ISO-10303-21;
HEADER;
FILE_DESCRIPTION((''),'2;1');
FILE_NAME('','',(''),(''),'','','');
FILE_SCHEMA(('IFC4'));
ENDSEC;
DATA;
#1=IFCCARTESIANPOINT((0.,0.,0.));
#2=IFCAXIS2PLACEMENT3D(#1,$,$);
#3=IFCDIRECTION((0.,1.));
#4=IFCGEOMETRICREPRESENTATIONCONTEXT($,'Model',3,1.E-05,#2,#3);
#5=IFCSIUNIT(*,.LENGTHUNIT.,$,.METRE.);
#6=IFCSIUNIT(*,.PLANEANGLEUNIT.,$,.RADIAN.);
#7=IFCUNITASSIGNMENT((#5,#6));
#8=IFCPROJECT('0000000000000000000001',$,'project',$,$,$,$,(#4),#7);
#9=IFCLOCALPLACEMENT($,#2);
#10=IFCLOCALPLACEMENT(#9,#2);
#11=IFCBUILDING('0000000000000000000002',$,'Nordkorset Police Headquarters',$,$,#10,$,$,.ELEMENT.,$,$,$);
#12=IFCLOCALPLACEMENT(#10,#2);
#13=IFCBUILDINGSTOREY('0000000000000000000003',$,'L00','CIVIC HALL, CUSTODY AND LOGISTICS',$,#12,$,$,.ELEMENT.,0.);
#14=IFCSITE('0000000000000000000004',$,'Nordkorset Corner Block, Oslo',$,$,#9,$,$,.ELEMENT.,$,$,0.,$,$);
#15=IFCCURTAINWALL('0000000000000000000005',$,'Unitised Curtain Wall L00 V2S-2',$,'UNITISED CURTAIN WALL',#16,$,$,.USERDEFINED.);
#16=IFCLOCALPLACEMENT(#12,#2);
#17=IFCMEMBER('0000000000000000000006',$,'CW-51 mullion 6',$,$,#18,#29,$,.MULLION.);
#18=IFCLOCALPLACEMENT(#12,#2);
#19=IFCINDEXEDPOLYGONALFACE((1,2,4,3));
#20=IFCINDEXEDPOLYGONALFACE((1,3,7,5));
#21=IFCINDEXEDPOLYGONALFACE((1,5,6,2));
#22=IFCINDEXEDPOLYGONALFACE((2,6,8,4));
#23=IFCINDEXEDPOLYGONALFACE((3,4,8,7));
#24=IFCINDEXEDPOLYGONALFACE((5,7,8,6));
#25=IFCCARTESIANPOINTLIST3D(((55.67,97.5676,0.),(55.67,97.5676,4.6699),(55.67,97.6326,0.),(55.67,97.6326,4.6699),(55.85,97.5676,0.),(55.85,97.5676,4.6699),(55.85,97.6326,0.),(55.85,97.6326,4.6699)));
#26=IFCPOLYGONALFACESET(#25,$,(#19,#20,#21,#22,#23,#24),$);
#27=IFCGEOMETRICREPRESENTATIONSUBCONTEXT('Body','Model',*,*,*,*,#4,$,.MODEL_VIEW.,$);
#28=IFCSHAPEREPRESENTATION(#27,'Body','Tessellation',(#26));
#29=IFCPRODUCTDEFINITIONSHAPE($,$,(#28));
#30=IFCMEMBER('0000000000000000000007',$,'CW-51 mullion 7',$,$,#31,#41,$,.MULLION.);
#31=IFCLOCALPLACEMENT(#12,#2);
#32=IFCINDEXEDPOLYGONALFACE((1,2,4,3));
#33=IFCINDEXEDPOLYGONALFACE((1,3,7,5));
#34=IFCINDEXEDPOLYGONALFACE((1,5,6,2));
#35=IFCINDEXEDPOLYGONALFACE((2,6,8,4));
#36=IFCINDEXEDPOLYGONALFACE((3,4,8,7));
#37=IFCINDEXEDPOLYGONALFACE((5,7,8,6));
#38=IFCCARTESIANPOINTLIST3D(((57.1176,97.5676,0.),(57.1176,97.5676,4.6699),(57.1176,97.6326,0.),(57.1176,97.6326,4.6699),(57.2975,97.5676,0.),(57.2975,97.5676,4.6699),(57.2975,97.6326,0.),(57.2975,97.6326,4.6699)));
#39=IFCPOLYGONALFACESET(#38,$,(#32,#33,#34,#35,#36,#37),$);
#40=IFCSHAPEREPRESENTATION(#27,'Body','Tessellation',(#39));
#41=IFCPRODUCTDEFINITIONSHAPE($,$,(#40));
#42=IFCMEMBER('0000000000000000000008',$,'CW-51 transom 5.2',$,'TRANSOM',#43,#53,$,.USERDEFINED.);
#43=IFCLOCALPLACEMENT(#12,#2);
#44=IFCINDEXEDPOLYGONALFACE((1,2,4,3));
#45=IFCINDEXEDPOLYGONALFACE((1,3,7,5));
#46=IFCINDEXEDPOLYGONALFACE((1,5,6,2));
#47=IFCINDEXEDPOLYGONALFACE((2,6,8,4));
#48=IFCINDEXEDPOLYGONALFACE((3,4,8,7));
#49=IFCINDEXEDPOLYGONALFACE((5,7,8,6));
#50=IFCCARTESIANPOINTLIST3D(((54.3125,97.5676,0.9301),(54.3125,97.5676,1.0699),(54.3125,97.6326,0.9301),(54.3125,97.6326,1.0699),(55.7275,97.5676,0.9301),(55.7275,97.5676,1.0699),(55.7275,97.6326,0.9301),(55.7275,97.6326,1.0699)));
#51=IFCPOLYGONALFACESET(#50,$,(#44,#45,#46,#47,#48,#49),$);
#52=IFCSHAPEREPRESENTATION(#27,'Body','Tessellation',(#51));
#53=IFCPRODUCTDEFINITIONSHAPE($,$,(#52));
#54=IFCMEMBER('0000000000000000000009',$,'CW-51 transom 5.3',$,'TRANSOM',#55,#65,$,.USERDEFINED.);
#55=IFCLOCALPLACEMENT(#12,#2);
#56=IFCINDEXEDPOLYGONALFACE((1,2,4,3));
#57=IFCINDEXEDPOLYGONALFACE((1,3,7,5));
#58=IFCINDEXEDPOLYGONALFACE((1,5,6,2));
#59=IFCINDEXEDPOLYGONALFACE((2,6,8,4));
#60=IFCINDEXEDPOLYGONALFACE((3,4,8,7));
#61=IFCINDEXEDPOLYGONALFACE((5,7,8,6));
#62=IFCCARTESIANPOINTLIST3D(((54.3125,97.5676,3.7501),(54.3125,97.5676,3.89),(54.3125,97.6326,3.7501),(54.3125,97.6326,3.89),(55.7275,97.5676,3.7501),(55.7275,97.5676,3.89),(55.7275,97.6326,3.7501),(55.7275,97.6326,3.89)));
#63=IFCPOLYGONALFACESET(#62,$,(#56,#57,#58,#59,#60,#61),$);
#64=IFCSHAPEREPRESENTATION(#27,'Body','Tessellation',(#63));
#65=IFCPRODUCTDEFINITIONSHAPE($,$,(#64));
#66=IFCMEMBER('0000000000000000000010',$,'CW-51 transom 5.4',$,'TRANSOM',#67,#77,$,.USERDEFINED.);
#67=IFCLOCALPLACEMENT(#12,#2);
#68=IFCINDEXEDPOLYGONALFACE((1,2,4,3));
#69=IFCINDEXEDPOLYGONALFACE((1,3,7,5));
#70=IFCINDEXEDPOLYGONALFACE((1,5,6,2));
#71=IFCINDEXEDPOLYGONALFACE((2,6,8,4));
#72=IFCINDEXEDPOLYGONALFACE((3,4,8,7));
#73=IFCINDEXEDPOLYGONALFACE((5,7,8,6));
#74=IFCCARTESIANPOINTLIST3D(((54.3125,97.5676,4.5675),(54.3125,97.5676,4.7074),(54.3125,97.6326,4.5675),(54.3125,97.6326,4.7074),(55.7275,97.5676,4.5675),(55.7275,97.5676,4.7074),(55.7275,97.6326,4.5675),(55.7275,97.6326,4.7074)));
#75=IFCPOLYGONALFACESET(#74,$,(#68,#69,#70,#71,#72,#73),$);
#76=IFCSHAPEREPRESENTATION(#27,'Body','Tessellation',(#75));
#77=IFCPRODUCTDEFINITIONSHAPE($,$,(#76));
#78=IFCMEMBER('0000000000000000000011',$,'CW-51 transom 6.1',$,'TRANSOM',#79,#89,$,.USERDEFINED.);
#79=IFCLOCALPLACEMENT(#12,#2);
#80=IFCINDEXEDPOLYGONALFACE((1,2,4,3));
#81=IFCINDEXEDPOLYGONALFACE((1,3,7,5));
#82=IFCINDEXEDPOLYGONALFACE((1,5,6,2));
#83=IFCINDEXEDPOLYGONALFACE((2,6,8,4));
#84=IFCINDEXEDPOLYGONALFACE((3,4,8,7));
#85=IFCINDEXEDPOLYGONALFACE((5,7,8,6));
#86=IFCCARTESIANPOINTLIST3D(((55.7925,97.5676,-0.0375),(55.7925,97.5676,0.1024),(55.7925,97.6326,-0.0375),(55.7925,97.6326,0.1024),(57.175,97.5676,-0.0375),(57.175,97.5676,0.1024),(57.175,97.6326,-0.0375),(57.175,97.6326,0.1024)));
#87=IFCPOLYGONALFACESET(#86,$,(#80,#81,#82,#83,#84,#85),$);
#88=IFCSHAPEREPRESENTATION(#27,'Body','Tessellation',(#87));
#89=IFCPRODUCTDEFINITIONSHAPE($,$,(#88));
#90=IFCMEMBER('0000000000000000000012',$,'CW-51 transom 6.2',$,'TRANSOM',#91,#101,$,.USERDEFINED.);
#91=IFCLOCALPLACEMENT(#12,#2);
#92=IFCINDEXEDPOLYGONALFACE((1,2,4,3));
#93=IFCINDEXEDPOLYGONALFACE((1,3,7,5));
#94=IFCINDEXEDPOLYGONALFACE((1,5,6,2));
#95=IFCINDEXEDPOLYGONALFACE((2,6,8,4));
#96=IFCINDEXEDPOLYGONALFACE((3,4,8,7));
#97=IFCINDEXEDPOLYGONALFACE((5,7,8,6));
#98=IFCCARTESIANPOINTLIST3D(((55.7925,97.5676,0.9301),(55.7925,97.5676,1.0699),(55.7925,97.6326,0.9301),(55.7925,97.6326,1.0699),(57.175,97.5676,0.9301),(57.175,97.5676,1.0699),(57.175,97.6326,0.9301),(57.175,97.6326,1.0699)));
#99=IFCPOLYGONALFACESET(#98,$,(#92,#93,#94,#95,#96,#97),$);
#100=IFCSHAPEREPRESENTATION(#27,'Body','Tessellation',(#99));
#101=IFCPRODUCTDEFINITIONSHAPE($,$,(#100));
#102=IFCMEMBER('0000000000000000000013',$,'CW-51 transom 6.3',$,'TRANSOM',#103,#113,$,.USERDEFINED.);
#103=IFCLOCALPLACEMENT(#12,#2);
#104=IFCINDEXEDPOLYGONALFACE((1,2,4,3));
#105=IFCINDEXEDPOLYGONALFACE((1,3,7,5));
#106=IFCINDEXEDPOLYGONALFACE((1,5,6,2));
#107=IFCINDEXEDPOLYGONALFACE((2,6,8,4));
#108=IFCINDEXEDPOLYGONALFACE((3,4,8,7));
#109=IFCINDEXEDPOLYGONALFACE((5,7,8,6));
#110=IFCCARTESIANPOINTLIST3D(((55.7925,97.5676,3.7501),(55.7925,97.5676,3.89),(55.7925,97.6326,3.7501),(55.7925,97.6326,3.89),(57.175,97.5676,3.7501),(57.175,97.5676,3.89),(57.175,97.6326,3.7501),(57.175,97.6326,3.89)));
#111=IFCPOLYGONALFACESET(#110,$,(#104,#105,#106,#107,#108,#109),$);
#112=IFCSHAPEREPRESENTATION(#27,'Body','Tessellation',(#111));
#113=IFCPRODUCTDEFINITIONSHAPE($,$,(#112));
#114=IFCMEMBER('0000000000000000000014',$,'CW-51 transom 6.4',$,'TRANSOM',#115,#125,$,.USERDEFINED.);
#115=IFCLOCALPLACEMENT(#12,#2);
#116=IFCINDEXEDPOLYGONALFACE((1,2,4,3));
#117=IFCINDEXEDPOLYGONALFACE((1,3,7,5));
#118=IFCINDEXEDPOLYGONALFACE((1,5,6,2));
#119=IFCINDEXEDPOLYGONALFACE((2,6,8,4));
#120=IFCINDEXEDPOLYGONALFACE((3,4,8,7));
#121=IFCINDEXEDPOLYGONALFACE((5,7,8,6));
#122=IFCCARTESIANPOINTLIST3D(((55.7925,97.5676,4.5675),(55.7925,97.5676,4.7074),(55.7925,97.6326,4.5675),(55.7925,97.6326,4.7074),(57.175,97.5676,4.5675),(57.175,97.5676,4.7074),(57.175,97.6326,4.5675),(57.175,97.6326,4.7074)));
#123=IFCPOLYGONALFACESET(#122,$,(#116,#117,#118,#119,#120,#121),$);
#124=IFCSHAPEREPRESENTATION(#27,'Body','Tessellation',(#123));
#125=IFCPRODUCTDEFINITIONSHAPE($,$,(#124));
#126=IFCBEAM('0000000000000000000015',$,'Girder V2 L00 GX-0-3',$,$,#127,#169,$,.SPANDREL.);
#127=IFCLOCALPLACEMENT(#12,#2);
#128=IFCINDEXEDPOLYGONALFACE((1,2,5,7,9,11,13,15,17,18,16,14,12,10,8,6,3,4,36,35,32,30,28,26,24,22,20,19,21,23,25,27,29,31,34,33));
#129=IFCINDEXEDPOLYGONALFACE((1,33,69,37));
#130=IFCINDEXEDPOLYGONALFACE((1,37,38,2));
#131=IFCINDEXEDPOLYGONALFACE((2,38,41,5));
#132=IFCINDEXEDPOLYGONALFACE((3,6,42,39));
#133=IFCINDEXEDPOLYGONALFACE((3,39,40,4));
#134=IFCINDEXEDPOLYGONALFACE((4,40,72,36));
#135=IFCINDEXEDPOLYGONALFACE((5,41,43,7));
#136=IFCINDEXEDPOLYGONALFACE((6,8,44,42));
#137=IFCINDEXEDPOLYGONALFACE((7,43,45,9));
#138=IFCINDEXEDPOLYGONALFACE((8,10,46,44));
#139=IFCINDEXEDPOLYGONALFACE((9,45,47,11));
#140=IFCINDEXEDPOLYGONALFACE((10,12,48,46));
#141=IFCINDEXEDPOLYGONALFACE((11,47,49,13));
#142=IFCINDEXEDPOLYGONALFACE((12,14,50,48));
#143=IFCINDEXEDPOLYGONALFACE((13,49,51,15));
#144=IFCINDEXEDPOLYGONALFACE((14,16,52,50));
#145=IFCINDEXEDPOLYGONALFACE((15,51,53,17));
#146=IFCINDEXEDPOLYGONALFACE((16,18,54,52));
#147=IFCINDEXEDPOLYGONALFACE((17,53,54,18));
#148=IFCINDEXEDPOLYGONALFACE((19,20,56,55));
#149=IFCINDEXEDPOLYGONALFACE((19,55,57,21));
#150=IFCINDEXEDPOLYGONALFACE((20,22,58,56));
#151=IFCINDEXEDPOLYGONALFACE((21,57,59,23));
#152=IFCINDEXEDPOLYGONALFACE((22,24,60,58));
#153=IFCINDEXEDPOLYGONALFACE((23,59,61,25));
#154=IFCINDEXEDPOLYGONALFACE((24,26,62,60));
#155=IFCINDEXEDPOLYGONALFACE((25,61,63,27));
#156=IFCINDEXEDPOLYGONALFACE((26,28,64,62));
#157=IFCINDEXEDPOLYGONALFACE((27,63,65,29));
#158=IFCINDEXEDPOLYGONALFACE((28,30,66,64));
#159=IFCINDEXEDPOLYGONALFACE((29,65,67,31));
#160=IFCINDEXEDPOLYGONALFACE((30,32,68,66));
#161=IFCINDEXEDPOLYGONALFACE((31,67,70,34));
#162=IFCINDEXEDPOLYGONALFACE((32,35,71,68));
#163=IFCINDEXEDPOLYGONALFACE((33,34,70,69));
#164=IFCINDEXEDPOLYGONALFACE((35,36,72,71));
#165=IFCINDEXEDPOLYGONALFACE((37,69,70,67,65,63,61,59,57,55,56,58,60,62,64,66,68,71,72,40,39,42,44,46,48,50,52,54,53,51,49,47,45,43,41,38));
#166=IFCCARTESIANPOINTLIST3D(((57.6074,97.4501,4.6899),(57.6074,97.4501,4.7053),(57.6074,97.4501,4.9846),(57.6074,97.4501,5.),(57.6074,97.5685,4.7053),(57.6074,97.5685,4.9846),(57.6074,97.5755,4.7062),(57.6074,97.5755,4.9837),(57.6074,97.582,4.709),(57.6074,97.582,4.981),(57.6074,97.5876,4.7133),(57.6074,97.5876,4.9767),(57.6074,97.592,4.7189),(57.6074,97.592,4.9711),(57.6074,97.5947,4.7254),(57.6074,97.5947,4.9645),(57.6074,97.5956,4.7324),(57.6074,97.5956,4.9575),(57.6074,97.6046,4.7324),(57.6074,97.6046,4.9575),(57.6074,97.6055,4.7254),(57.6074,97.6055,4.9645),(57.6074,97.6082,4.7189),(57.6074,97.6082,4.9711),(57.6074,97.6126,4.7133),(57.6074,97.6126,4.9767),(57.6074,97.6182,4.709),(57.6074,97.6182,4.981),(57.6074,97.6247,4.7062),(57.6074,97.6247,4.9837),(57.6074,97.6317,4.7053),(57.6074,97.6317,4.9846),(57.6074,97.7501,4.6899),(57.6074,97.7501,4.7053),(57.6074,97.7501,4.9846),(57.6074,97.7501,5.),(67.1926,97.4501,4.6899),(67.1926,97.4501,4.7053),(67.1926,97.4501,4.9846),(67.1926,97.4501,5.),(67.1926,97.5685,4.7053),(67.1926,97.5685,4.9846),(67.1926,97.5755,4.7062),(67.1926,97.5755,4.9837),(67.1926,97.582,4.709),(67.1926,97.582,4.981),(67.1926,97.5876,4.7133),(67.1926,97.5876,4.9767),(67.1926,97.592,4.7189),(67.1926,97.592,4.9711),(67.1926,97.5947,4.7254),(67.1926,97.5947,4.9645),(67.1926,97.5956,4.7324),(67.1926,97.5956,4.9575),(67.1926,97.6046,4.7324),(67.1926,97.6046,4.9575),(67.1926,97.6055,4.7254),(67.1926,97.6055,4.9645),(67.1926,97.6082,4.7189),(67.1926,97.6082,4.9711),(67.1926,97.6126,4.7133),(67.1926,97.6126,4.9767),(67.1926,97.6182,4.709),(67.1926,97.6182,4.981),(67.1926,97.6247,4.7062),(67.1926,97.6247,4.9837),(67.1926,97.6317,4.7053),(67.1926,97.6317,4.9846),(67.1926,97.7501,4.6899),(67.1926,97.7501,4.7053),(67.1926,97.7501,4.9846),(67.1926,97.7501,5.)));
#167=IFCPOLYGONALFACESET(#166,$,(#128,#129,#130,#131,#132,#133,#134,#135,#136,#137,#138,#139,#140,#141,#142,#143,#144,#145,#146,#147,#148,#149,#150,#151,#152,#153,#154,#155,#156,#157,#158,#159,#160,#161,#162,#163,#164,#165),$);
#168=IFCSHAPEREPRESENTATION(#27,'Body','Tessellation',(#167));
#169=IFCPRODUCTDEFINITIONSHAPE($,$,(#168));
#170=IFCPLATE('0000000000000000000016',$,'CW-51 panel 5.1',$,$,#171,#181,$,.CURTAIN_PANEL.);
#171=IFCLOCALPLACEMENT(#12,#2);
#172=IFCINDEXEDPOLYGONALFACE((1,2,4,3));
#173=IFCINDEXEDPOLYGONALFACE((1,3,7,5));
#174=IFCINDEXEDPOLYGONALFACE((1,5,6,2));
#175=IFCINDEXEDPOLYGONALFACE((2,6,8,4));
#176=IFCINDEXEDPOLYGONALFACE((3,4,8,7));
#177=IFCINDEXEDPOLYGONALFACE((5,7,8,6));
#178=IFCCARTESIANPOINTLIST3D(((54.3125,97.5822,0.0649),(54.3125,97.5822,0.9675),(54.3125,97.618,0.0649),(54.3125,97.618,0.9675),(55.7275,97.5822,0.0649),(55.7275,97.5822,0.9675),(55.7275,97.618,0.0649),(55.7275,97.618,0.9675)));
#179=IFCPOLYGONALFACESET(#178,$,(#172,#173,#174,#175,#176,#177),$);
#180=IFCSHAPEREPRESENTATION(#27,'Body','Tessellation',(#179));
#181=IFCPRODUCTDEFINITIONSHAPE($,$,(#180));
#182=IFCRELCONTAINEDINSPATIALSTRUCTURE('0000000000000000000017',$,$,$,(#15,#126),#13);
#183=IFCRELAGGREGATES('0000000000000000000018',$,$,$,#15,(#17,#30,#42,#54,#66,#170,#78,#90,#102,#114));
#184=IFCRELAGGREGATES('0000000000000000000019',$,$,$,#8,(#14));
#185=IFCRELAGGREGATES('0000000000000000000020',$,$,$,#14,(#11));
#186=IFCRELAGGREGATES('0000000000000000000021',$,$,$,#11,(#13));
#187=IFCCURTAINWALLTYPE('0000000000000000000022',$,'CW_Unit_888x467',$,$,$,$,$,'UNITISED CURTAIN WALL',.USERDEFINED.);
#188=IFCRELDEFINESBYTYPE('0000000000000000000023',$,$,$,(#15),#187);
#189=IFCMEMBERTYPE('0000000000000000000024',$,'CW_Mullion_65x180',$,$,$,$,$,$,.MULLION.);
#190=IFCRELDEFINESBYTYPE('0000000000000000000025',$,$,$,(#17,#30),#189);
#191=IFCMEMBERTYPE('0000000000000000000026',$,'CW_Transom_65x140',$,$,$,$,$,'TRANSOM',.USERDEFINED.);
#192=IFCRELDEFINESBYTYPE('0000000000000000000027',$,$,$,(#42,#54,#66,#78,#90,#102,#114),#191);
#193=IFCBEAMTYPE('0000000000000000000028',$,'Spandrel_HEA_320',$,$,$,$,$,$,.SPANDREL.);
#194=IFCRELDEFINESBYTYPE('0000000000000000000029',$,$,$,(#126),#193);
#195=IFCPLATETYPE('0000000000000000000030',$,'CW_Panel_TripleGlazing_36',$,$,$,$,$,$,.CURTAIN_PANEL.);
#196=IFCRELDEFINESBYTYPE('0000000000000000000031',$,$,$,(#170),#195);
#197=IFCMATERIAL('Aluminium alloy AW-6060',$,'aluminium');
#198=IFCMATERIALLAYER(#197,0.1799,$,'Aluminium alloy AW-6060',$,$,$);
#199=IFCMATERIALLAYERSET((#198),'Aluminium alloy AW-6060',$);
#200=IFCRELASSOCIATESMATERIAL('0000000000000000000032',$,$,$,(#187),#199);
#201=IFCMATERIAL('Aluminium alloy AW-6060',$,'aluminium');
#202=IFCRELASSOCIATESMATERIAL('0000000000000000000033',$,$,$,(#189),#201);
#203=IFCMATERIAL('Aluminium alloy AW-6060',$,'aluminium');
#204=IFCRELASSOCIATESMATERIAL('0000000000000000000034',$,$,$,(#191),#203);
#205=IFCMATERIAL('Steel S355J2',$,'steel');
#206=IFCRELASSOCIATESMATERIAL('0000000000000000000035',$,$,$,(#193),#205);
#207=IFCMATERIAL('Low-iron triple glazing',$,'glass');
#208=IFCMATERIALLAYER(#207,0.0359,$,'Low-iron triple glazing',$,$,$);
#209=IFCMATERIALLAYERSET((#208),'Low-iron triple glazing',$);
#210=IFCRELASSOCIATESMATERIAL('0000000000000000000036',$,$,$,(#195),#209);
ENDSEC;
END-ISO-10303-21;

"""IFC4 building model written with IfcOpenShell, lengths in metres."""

from ifc_helpers import new_model, si_unit, direction, frame, origin, origin_2d, place, context, subcontext, project, spatial, rectangle, i_section, extrude, material, layer, layer_set, material_profile, profile_set, type_object, element, aggregate, save


model = new_model("IFC4")

# Units and contexts
model_context = context("Model", 3, precision=1e-05, world=origin(), true_north=direction((0.0, 1.0)))
body_context = subcontext(model_context, "Body", "Model", "MODEL_VIEW")
ifc_project = project(units=[si_unit("LENGTHUNIT", "METRE"), si_unit("PLANEANGLEUNIT", "RADIAN")], contexts=[model_context])

# Site, building, storey
site_placement = place(None, origin())
site = spatial("IfcSite", under=ifc_project, at=site_placement, Name="Nordkorset Corner Block, Oslo", CompositionType="ELEMENT", RefElevation=0.0)
building_placement = place(site_placement, origin())
building = spatial("IfcBuilding", under=site, at=building_placement, Name="Nordkorset Police Headquarters", CompositionType="ELEMENT")
storey_placement = place(building_placement, origin())
storey = spatial("IfcBuildingStorey", under=building, at=storey_placement, Name="L00", Description="CIVIC HALL, CUSTODY AND LOGISTICS", CompositionType="ELEMENT", Elevation=0.0)

# Curtain wall, members
ifc_material_1 = material(Name="Aluminium alloy AW-6060", Category="aluminium")
ifc_layer_1 = layer(ifc_material_1, 0.1799, Name="Aluminium alloy AW-6060")
ifc_layer_set_1 = layer_set([ifc_layer_1], Name="Aluminium alloy AW-6060")
curtain_wall_type = type_object("IfcCurtainWallType", Name="CW_Unit_888x467", ElementType="UNITISED CURTAIN WALL", PredefinedType="USERDEFINED", material=ifc_layer_set_1)
curtain_wall_placement = place(storey_placement, origin())
curtain_wall = element("IfcCurtainWall", 1, at=curtain_wall_placement, inside=storey, type_object=curtain_wall_type, Name="Unitised Curtain Wall L00 V2S-2", ObjectType="UNITISED CURTAIN WALL", PredefinedType="USERDEFINED")
ifc_material_2 = material(Name="Aluminium alloy AW-6060", Category="aluminium")
ifc_material_profile_1 = material_profile(ifc_material_2, rectangle(XDim=0.0649, YDim=0.1799, at=origin_2d()), Name="ALU MULL 65x180")
ifc_profile_set_1 = profile_set([ifc_material_profile_1], Name="Aluminium alloy AW-6060")
member_type_1 = type_object("IfcMemberType", Name="CW_Mullion_65x180", PredefinedType="MULLION", material=ifc_profile_set_1)
member_1_placement = place(storey_placement, frame((55.76, 97.6001, 0.0), z_axis=(0.0, 0.0, 1.0), x_axis=(0.0, 1.0, 0.0)))
member_1 = element("IfcMember", 2, at=member_1_placement, type_object=member_type_1, Name="CW-51 mullion 6", PredefinedType="MULLION", context=body_context, shape_type="SweptSolid", body=[
    extrude(rectangle(XDim=0.0649, YDim=0.1799, at=origin_2d()), origin(), (0.0, 0.0, 1.0), 4.6699),
])
member_2_placement = place(storey_placement, frame((57.2075, 97.6001, 0.0), z_axis=(0.0, 0.0, 1.0), x_axis=(0.0, 1.0, 0.0)))
member_2 = element("IfcMember", 3, at=member_2_placement, type_object=member_type_1, Name="CW-51 mullion 7", PredefinedType="MULLION", context=body_context, shape_type="SweptSolid", body=[
    extrude(rectangle(XDim=0.0649, YDim=0.1799, at=origin_2d()), origin(), (0.0, 0.0, 1.0), 4.6699),
])
ifc_material_3 = material(Name="Aluminium alloy AW-6060", Category="aluminium")
ifc_material_profile_2 = material_profile(ifc_material_3, rectangle(XDim=0.0649, YDim=0.1399, at=origin_2d()), Name="ALU TRAN 65x140")
ifc_profile_set_2 = profile_set([ifc_material_profile_2], Name="Aluminium alloy AW-6060")
member_type_2 = type_object("IfcMemberType", Name="CW_Transom_65x140", ElementType="TRANSOM", PredefinedType="USERDEFINED", material=ifc_profile_set_2)
member_3_placement = place(storey_placement, frame((54.3125, 97.6001, 1.0), z_axis=(1.0, 0.0, 0.0), x_axis=(0.0, 1.0, 0.0)))
member_3 = element("IfcMember", 4, at=member_3_placement, type_object=member_type_2, Name="CW-51 transom 5.2", ObjectType="TRANSOM", PredefinedType="USERDEFINED", context=body_context, shape_type="SweptSolid", body=[
    extrude(rectangle(XDim=0.0649, YDim=0.1399, at=origin_2d()), origin(), (0.0, 0.0, 1.0), 1.415),
])
member_4_placement = place(storey_placement, frame((54.3125, 97.6001, 3.8201), z_axis=(1.0, 0.0, 0.0), x_axis=(0.0, 1.0, 0.0)))
member_4 = element("IfcMember", 5, at=member_4_placement, type_object=member_type_2, Name="CW-51 transom 5.3", ObjectType="TRANSOM", PredefinedType="USERDEFINED", context=body_context, shape_type="SweptSolid", body=[
    extrude(rectangle(XDim=0.0649, YDim=0.1399, at=origin_2d()), origin(), (0.0, 0.0, 1.0), 1.415),
])
member_5_placement = place(storey_placement, frame((54.3125, 97.6001, 4.6375), z_axis=(1.0, 0.0, 0.0), x_axis=(0.0, 1.0, 0.0)))
member_5 = element("IfcMember", 6, at=member_5_placement, type_object=member_type_2, Name="CW-51 transom 5.4", ObjectType="TRANSOM", PredefinedType="USERDEFINED", context=body_context, shape_type="SweptSolid", body=[
    extrude(rectangle(XDim=0.0649, YDim=0.1399, at=origin_2d()), origin(), (0.0, 0.0, 1.0), 1.415),
])
member_6_placement = place(storey_placement, frame((55.7925, 97.6001, 0.0325), z_axis=(1.0, 0.0, 0.0), x_axis=(0.0, 1.0, 0.0)))
member_6 = element("IfcMember", 7, at=member_6_placement, type_object=member_type_2, Name="CW-51 transom 6.1", ObjectType="TRANSOM", PredefinedType="USERDEFINED", context=body_context, shape_type="SweptSolid", body=[
    extrude(rectangle(XDim=0.0649, YDim=0.1399, at=origin_2d()), origin(), (0.0, 0.0, 1.0), 1.3826),
])
member_7_placement = place(storey_placement, frame((55.7925, 97.6001, 1.0), z_axis=(1.0, 0.0, 0.0), x_axis=(0.0, 1.0, 0.0)))
member_7 = element("IfcMember", 8, at=member_7_placement, type_object=member_type_2, Name="CW-51 transom 6.2", ObjectType="TRANSOM", PredefinedType="USERDEFINED", context=body_context, shape_type="SweptSolid", body=[
    extrude(rectangle(XDim=0.0649, YDim=0.1399, at=origin_2d()), origin(), (0.0, 0.0, 1.0), 1.3826),
])
member_8_placement = place(storey_placement, frame((55.7925, 97.6001, 3.8201), z_axis=(1.0, 0.0, 0.0), x_axis=(0.0, 1.0, 0.0)))
member_8 = element("IfcMember", 9, at=member_8_placement, type_object=member_type_2, Name="CW-51 transom 6.3", ObjectType="TRANSOM", PredefinedType="USERDEFINED", context=body_context, shape_type="SweptSolid", body=[
    extrude(rectangle(XDim=0.0649, YDim=0.1399, at=origin_2d()), origin(), (0.0, 0.0, 1.0), 1.3826),
])
member_9_placement = place(storey_placement, frame((55.7925, 97.6001, 4.6375), z_axis=(1.0, 0.0, 0.0), x_axis=(0.0, 1.0, 0.0)))
member_9 = element("IfcMember", 10, at=member_9_placement, type_object=member_type_2, Name="CW-51 transom 6.4", ObjectType="TRANSOM", PredefinedType="USERDEFINED", context=body_context, shape_type="SweptSolid", body=[
    extrude(rectangle(XDim=0.0649, YDim=0.1399, at=origin_2d()), origin(), (0.0, 0.0, 1.0), 1.3826),
])

# Beam
ifc_material_4 = material(Name="Steel S355J2", Category="steel")
ifc_material_profile_3 = material_profile(ifc_material_4, i_section(OverallWidth=0.3, OverallDepth=0.3101, WebThickness=0.009, FlangeThickness=0.0154, FilletRadius=0.0271, at=origin_2d()), Name="HEA 320")
ifc_profile_set_3 = profile_set([ifc_material_profile_3], Name="Steel S355J2")
beam_type = type_object("IfcBeamType", Name="Spandrel_HEA_320", PredefinedType="SPANDREL", material=ifc_profile_set_3)
beam_placement = place(storey_placement, frame((57.6074, 97.6001, 4.845), z_axis=(1.0, 0.0, 0.0), x_axis=(0.0, 1.0, 0.0)))
element("IfcBeam", 11, at=beam_placement, inside=storey, type_object=beam_type, Name="Girder V2 L00 GX-0-3", PredefinedType="SPANDREL", context=body_context, shape_type="SweptSolid", body=[
    extrude(i_section(OverallWidth=0.3, OverallDepth=0.3101, WebThickness=0.009, FlangeThickness=0.0154, FilletRadius=0.0271, at=origin_2d()), origin(), (0.0, 0.0, 1.0), 9.5852),
])

# Plate
ifc_material_5 = material(Name="Low-iron triple glazing", Category="glass")
ifc_layer_2 = layer(ifc_material_5, 0.0359, Name="Low-iron triple glazing")
ifc_layer_set_2 = layer_set([ifc_layer_2], Name="Low-iron triple glazing")
plate_type_1 = type_object("IfcPlateType", Name="CW_Panel_TripleGlazing_36", PredefinedType="CURTAIN_PANEL", material=ifc_layer_set_2)
plate_1_placement = place(storey_placement, frame((55.02, 97.6001, 0.0649), z_axis=(0.0, 0.0, 1.0), x_axis=(1.0, 0.0, 0.0)))
plate_1 = element("IfcPlate", 12, at=plate_1_placement, type_object=plate_type_1, Name="CW-51 panel 5.1", PredefinedType="CURTAIN_PANEL", context=body_context, shape_type="SweptSolid", body=[
    extrude(rectangle(XDim=1.415, YDim=0.0359, at=origin_2d()), origin(), (0.0, 0.0, 1.0), 0.9026),
])
aggregate(curtain_wall, [member_1, member_2, member_3, member_4, member_5, plate_1, member_6, member_7, member_8, member_9])

save(model, "model.ifc")
